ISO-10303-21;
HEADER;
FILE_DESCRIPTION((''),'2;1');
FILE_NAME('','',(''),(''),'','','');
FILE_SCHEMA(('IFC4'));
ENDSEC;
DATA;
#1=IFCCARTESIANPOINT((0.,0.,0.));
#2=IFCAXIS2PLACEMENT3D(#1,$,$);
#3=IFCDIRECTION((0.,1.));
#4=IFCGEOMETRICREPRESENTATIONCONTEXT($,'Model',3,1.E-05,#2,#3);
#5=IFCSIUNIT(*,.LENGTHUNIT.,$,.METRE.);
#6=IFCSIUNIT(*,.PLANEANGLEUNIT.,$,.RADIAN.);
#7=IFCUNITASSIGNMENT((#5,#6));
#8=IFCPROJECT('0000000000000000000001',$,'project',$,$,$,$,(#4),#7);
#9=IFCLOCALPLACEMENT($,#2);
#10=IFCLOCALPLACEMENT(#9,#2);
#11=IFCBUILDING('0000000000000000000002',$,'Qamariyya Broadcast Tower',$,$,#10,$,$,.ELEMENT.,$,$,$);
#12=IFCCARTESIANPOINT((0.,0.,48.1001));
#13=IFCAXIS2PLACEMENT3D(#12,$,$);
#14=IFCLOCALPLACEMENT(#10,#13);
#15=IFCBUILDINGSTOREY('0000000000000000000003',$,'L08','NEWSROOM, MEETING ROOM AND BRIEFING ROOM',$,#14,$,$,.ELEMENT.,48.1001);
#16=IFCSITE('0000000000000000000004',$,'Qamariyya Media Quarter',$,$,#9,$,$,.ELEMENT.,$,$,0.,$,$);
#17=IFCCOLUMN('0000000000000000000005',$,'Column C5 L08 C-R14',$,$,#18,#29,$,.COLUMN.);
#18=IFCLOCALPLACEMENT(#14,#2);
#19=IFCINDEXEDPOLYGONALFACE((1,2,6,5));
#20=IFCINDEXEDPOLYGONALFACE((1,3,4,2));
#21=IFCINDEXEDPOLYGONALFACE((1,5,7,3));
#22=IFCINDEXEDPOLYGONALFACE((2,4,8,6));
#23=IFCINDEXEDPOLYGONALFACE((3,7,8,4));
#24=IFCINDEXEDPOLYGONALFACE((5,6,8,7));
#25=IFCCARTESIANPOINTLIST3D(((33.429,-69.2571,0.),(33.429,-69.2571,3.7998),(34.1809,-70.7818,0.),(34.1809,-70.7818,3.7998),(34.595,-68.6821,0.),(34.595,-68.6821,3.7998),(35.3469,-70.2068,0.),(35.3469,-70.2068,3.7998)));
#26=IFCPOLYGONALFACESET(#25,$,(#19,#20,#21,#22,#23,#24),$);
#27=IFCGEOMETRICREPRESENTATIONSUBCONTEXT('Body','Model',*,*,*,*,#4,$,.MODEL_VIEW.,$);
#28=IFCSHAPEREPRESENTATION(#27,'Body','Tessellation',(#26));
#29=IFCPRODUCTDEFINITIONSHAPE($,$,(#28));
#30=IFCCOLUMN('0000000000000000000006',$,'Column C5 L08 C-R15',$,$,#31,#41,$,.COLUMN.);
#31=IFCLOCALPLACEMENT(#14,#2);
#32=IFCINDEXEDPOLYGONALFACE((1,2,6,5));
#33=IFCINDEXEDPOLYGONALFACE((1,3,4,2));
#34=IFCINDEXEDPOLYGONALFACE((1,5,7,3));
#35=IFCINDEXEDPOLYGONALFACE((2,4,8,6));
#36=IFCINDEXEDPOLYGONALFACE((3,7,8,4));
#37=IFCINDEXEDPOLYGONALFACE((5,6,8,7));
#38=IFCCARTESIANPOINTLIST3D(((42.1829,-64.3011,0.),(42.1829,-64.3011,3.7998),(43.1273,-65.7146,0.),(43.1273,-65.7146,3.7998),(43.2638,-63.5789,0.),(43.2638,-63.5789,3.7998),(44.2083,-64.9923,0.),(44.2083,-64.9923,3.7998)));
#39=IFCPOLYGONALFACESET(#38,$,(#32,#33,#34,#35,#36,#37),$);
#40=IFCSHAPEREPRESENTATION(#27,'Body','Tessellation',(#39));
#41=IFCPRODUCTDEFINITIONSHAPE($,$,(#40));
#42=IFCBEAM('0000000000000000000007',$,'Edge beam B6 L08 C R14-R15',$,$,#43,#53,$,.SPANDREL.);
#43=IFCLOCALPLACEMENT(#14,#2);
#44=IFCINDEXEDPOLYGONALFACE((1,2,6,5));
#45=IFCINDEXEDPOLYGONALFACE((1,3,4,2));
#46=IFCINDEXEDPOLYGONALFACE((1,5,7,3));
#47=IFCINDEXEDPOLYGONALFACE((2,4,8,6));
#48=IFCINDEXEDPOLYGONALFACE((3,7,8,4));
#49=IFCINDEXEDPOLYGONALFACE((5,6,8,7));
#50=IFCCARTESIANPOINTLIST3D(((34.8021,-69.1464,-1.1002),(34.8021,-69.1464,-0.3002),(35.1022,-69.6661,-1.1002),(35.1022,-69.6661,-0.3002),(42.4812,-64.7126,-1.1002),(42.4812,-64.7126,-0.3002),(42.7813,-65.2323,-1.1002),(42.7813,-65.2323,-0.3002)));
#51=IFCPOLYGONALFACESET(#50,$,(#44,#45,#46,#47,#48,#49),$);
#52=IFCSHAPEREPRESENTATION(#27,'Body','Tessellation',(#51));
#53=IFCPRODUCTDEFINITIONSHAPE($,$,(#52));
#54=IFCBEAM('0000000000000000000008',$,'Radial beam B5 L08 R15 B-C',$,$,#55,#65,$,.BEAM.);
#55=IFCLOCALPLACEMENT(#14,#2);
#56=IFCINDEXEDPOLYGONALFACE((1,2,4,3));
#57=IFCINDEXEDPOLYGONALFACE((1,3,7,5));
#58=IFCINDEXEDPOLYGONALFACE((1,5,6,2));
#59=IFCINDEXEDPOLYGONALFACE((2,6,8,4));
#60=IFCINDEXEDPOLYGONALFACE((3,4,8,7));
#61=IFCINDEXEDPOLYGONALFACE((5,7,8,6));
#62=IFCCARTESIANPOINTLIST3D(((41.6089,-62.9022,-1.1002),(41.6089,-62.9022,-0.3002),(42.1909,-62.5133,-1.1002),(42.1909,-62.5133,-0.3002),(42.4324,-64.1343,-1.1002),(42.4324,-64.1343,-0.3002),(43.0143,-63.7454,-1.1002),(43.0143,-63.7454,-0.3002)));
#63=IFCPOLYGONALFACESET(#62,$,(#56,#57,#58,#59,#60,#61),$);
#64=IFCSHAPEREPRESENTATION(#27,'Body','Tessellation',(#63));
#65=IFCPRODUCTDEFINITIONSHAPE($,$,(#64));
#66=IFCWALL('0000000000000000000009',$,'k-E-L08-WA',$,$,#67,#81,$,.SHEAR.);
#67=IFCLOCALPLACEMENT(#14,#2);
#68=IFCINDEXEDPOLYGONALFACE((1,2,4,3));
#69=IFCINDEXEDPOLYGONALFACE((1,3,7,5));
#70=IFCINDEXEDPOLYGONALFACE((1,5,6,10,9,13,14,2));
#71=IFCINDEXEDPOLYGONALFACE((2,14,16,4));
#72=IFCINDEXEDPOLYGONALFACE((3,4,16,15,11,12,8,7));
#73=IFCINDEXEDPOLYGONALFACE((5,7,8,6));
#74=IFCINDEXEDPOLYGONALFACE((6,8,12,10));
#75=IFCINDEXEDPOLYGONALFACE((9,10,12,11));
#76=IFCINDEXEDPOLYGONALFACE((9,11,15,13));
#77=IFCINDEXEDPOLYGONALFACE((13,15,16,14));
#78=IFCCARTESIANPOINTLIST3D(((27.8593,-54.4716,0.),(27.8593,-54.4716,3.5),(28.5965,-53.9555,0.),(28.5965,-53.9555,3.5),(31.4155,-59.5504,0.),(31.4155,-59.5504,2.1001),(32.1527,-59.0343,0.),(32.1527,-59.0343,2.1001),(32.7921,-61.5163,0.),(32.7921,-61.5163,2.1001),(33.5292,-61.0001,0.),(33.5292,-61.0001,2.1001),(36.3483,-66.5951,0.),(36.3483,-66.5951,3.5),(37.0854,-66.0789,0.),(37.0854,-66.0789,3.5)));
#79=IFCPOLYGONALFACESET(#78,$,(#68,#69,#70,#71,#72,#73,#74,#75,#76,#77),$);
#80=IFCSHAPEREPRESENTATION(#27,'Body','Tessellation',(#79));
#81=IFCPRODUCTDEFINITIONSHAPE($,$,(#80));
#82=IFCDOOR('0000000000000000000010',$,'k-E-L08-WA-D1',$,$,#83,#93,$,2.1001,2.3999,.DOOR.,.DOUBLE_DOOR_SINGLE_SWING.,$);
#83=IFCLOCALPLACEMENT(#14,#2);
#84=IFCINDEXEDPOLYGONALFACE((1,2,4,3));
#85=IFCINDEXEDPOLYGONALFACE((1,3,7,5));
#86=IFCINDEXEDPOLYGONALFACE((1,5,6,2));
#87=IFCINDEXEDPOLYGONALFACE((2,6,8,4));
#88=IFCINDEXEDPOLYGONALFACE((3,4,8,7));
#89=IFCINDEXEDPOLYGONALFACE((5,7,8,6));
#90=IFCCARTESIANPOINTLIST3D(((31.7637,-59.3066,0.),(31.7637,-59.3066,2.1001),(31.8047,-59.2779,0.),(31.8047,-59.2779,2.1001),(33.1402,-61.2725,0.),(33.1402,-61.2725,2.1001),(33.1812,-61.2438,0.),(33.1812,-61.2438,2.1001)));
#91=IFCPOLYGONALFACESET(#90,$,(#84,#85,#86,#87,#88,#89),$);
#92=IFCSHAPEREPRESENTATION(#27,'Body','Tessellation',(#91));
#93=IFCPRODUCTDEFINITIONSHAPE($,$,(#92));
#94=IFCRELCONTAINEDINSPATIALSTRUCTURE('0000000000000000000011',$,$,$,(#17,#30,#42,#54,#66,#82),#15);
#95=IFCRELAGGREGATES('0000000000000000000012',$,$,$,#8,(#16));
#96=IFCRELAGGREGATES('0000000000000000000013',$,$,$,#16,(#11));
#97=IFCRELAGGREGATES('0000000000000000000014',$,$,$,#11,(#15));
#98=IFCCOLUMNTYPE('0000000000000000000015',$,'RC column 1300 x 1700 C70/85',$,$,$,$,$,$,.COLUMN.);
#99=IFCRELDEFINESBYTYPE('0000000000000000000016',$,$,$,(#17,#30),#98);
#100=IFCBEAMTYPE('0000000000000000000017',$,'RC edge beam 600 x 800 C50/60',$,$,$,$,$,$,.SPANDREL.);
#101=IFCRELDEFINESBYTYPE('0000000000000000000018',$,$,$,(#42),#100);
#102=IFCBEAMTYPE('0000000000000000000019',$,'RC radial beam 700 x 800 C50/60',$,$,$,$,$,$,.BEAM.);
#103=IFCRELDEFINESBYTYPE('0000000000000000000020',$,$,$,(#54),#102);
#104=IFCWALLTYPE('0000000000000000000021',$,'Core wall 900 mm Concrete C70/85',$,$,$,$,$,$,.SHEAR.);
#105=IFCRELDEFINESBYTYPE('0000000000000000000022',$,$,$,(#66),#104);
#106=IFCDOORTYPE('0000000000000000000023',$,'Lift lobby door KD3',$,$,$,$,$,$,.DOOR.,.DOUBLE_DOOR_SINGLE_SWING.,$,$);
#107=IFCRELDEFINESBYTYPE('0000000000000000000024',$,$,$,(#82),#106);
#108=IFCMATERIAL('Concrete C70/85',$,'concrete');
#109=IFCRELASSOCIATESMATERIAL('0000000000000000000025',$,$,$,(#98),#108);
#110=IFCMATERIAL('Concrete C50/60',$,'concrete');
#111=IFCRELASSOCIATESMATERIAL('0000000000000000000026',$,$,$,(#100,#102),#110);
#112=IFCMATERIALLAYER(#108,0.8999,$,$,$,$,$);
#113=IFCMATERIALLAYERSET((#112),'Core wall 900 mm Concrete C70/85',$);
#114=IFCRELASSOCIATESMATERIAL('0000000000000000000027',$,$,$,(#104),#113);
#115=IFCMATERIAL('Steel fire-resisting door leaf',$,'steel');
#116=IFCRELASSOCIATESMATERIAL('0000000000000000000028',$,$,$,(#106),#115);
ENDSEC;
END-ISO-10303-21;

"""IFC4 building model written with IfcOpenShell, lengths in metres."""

from ifc_helpers import new_model, si_unit, direction, frame, frame_2d, origin, origin_2d, place, context, subcontext, project, spatial, rectangle, extrude, material, layer, layer_set, material_profile, profile_set, type_object, element, fill, save


model = new_model("IFC4")

# Units and contexts
model_context = context("Model", 3, precision=1e-05, world=origin(), true_north=direction((0.0, 1.0)))
body_context = subcontext(model_context, "Body", "Model", "MODEL_VIEW")
ifc_project = project(units=[si_unit("LENGTHUNIT", "METRE"), si_unit("PLANEANGLEUNIT", "RADIAN")], contexts=[model_context])

# Site, building, storey
site_placement = place(None, origin())
site = spatial("IfcSite", under=ifc_project, at=site_placement, Name="Qamariyya Media Quarter", CompositionType="ELEMENT", RefElevation=0.0)
building_placement = place(site_placement, origin())
building = spatial("IfcBuilding", under=site, at=building_placement, Name="Qamariyya Broadcast Tower", CompositionType="ELEMENT")
storey_placement = place(building_placement, frame((0.0, 0.0, 48.1001)))
storey = spatial("IfcBuildingStorey", under=building, at=storey_placement, Name="L08", Description="NEWSROOM, MEETING ROOM AND BRIEFING ROOM", CompositionType="ELEMENT", Elevation=48.1001)

# Columns
ifc_material_1 = material(Name="Concrete C70/85", Category="concrete")
ifc_material_profile_1 = material_profile(ifc_material_1, rectangle(XDim=1.3, YDim=1.7, at=origin_2d()))
ifc_profile_set_1 = profile_set([ifc_material_profile_1], Name="Concrete C70/85")
column_type = type_object("IfcColumnType", Name="RC column 1300 x 1700 C70/85", PredefinedType="COLUMN", material=ifc_profile_set_1)
for number, where, z_axis, x_axis, name in (
    (1, (34.3879, -69.7319, 0.0), (0.0, 0.0, 1.0), (0.896873, 0.442289, 0.0), "Column C5 L08 C-R14"),
    (2, (43.1956, -64.6467, 0.0), (0.0, 0.0, 1.0), (0.83147, 0.55557, 0.0), "Column C5 L08 C-R15"),
):
    element("IfcColumn", number, at=place(storey_placement, frame(where, z_axis=z_axis, x_axis=x_axis)), inside=storey, type_object=column_type, Name=name, PredefinedType="COLUMN", context=body_context, shape_type="SweptSolid", body=[
        extrude(rectangle(XDim=1.3, YDim=1.7, at=origin_2d()), origin(), (0.0, 0.0, 1.0), 3.7998),
    ])

# Beams
ifc_material_2 = material(Name="Concrete C50/60", Category="concrete")
ifc_material_profile_2 = material_profile(ifc_material_2, rectangle(XDim=0.6001, YDim=0.8, at=origin_2d()))
ifc_profile_set_2 = profile_set([ifc_material_profile_2], Name="Concrete C50/60")
beam_type_1 = type_object("IfcBeamType", Name="RC edge beam 600 x 800 C50/60", PredefinedType="SPANDREL", material=ifc_profile_set_2)
beam_1_placement = place(storey_placement, frame((34.9521, -69.4062, -0.7002), z_axis=(0.866013, 0.500021, 0.0), x_axis=(-0.500021, 0.866013, 0.0)))
element("IfcBeam", 3, at=beam_1_placement, inside=storey, type_object=beam_type_1, Name="Edge beam B6 L08 C R14-R15", PredefinedType="SPANDREL", context=body_context, shape_type="SweptSolid", body=[
    extrude(rectangle(XDim=0.6001, YDim=0.8, at=origin_2d()), origin(), (0.0, 0.0, 1.0), 8.8672),
])
ifc_material_profile_3 = material_profile(ifc_material_2, rectangle(XDim=0.7, YDim=0.8, at=origin_2d()))
ifc_profile_set_3 = profile_set([ifc_material_profile_3], Name="Concrete C50/60")
beam_type_2 = type_object("IfcBeamType", Name="RC radial beam 700 x 800 C50/60", PredefinedType="BEAM", material=ifc_profile_set_3)
beam_2_placement = place(storey_placement, frame((41.8999, -62.7078, -0.7002), z_axis=(0.55565, -0.831416, 0.0), x_axis=(0.831416, 0.55565, 0.0)))
element("IfcBeam", 4, at=beam_2_placement, inside=storey, type_object=beam_type_2, Name="Radial beam B5 L08 R15 B-C", PredefinedType="BEAM", context=body_context, shape_type="SweptSolid", body=[
    extrude(rectangle(XDim=0.7, YDim=0.8, at=origin_2d()), origin(), (0.0, 0.0, 1.0), 1.4819),
])

# Wall, opening, door
ifc_layer_1 = layer(ifc_material_1, 0.8999)
ifc_layer_set_1 = layer_set([ifc_layer_1], Name="Core wall 900 mm Concrete C70/85")
wall_type_1 = type_object("IfcWallType", Name="Core wall 900 mm Concrete C70/85", PredefinedType="SHEAR", material=ifc_layer_set_1)
wall_1_placement = place(storey_placement, frame((36.7168, -66.3369, 0.0), z_axis=(0.0, 0.0, 1.0), x_axis=(-0.573577, 0.819151, 0.0)))
wall_1 = element("IfcWall", 5, at=wall_1_placement, inside=storey, type_object=wall_type_1, Name="k-E-L08-WA", PredefinedType="SHEAR", context=body_context, shape_type="SweptSolid", body=[
    extrude(rectangle(XDim=14.8, YDim=0.8999, at=frame_2d((7.3999, 0.0))), origin(), (0.0, 0.0, 1.0), 3.5),
])
opening_1_placement = place(wall_1_placement, frame((6.2, 0.0, 0.0)))
opening_1 = element("IfcOpeningElement", 6, at=opening_1_placement, cuts=wall_1, PredefinedType="OPENING", context=body_context, shape_type="SweptSolid", body=[
    extrude(rectangle(XDim=2.3999, YDim=2.1001, at=frame_2d((1.2, 1.05))), frame((0.0, 0.46, 0.0), z_axis=(0.0, -1.0, 0.0), x_axis=(1.0, 0.0, 0.0)), (0.0, 0.0, 1.0), 0.9199),
])
ifc_material_3 = material(Name="Steel fire-resisting door leaf", Category="steel")
door_type_1 = type_object("IfcDoorType", Name="Lift lobby door KD3", OperationType="DOUBLE_DOOR_SINGLE_SWING", PredefinedType="DOOR", material=ifc_material_3)
door_1_placement = place(opening_1_placement, origin())
door_1 = element("IfcDoor", 7, at=door_1_placement, inside=storey, type_object=door_type_1, Name="k-E-L08-WA-D1", OperationType="DOUBLE_DOOR_SINGLE_SWING", OverallHeight=2.1001, OverallWidth=2.3999, PredefinedType="DOOR", context=body_context, shape_type="SweptSolid", body=[
    extrude(rectangle(XDim=2.3999, YDim=2.1001, at=frame_2d((1.2, 1.05))), frame((0.0, 0.0249, 0.0), z_axis=(0.0, -1.0, 0.0), x_axis=(1.0, 0.0, 0.0)), (0.0, 0.0, 1.0), 0.05),
])
fill(opening_1, door_1)

save(model, "model.ifc")
